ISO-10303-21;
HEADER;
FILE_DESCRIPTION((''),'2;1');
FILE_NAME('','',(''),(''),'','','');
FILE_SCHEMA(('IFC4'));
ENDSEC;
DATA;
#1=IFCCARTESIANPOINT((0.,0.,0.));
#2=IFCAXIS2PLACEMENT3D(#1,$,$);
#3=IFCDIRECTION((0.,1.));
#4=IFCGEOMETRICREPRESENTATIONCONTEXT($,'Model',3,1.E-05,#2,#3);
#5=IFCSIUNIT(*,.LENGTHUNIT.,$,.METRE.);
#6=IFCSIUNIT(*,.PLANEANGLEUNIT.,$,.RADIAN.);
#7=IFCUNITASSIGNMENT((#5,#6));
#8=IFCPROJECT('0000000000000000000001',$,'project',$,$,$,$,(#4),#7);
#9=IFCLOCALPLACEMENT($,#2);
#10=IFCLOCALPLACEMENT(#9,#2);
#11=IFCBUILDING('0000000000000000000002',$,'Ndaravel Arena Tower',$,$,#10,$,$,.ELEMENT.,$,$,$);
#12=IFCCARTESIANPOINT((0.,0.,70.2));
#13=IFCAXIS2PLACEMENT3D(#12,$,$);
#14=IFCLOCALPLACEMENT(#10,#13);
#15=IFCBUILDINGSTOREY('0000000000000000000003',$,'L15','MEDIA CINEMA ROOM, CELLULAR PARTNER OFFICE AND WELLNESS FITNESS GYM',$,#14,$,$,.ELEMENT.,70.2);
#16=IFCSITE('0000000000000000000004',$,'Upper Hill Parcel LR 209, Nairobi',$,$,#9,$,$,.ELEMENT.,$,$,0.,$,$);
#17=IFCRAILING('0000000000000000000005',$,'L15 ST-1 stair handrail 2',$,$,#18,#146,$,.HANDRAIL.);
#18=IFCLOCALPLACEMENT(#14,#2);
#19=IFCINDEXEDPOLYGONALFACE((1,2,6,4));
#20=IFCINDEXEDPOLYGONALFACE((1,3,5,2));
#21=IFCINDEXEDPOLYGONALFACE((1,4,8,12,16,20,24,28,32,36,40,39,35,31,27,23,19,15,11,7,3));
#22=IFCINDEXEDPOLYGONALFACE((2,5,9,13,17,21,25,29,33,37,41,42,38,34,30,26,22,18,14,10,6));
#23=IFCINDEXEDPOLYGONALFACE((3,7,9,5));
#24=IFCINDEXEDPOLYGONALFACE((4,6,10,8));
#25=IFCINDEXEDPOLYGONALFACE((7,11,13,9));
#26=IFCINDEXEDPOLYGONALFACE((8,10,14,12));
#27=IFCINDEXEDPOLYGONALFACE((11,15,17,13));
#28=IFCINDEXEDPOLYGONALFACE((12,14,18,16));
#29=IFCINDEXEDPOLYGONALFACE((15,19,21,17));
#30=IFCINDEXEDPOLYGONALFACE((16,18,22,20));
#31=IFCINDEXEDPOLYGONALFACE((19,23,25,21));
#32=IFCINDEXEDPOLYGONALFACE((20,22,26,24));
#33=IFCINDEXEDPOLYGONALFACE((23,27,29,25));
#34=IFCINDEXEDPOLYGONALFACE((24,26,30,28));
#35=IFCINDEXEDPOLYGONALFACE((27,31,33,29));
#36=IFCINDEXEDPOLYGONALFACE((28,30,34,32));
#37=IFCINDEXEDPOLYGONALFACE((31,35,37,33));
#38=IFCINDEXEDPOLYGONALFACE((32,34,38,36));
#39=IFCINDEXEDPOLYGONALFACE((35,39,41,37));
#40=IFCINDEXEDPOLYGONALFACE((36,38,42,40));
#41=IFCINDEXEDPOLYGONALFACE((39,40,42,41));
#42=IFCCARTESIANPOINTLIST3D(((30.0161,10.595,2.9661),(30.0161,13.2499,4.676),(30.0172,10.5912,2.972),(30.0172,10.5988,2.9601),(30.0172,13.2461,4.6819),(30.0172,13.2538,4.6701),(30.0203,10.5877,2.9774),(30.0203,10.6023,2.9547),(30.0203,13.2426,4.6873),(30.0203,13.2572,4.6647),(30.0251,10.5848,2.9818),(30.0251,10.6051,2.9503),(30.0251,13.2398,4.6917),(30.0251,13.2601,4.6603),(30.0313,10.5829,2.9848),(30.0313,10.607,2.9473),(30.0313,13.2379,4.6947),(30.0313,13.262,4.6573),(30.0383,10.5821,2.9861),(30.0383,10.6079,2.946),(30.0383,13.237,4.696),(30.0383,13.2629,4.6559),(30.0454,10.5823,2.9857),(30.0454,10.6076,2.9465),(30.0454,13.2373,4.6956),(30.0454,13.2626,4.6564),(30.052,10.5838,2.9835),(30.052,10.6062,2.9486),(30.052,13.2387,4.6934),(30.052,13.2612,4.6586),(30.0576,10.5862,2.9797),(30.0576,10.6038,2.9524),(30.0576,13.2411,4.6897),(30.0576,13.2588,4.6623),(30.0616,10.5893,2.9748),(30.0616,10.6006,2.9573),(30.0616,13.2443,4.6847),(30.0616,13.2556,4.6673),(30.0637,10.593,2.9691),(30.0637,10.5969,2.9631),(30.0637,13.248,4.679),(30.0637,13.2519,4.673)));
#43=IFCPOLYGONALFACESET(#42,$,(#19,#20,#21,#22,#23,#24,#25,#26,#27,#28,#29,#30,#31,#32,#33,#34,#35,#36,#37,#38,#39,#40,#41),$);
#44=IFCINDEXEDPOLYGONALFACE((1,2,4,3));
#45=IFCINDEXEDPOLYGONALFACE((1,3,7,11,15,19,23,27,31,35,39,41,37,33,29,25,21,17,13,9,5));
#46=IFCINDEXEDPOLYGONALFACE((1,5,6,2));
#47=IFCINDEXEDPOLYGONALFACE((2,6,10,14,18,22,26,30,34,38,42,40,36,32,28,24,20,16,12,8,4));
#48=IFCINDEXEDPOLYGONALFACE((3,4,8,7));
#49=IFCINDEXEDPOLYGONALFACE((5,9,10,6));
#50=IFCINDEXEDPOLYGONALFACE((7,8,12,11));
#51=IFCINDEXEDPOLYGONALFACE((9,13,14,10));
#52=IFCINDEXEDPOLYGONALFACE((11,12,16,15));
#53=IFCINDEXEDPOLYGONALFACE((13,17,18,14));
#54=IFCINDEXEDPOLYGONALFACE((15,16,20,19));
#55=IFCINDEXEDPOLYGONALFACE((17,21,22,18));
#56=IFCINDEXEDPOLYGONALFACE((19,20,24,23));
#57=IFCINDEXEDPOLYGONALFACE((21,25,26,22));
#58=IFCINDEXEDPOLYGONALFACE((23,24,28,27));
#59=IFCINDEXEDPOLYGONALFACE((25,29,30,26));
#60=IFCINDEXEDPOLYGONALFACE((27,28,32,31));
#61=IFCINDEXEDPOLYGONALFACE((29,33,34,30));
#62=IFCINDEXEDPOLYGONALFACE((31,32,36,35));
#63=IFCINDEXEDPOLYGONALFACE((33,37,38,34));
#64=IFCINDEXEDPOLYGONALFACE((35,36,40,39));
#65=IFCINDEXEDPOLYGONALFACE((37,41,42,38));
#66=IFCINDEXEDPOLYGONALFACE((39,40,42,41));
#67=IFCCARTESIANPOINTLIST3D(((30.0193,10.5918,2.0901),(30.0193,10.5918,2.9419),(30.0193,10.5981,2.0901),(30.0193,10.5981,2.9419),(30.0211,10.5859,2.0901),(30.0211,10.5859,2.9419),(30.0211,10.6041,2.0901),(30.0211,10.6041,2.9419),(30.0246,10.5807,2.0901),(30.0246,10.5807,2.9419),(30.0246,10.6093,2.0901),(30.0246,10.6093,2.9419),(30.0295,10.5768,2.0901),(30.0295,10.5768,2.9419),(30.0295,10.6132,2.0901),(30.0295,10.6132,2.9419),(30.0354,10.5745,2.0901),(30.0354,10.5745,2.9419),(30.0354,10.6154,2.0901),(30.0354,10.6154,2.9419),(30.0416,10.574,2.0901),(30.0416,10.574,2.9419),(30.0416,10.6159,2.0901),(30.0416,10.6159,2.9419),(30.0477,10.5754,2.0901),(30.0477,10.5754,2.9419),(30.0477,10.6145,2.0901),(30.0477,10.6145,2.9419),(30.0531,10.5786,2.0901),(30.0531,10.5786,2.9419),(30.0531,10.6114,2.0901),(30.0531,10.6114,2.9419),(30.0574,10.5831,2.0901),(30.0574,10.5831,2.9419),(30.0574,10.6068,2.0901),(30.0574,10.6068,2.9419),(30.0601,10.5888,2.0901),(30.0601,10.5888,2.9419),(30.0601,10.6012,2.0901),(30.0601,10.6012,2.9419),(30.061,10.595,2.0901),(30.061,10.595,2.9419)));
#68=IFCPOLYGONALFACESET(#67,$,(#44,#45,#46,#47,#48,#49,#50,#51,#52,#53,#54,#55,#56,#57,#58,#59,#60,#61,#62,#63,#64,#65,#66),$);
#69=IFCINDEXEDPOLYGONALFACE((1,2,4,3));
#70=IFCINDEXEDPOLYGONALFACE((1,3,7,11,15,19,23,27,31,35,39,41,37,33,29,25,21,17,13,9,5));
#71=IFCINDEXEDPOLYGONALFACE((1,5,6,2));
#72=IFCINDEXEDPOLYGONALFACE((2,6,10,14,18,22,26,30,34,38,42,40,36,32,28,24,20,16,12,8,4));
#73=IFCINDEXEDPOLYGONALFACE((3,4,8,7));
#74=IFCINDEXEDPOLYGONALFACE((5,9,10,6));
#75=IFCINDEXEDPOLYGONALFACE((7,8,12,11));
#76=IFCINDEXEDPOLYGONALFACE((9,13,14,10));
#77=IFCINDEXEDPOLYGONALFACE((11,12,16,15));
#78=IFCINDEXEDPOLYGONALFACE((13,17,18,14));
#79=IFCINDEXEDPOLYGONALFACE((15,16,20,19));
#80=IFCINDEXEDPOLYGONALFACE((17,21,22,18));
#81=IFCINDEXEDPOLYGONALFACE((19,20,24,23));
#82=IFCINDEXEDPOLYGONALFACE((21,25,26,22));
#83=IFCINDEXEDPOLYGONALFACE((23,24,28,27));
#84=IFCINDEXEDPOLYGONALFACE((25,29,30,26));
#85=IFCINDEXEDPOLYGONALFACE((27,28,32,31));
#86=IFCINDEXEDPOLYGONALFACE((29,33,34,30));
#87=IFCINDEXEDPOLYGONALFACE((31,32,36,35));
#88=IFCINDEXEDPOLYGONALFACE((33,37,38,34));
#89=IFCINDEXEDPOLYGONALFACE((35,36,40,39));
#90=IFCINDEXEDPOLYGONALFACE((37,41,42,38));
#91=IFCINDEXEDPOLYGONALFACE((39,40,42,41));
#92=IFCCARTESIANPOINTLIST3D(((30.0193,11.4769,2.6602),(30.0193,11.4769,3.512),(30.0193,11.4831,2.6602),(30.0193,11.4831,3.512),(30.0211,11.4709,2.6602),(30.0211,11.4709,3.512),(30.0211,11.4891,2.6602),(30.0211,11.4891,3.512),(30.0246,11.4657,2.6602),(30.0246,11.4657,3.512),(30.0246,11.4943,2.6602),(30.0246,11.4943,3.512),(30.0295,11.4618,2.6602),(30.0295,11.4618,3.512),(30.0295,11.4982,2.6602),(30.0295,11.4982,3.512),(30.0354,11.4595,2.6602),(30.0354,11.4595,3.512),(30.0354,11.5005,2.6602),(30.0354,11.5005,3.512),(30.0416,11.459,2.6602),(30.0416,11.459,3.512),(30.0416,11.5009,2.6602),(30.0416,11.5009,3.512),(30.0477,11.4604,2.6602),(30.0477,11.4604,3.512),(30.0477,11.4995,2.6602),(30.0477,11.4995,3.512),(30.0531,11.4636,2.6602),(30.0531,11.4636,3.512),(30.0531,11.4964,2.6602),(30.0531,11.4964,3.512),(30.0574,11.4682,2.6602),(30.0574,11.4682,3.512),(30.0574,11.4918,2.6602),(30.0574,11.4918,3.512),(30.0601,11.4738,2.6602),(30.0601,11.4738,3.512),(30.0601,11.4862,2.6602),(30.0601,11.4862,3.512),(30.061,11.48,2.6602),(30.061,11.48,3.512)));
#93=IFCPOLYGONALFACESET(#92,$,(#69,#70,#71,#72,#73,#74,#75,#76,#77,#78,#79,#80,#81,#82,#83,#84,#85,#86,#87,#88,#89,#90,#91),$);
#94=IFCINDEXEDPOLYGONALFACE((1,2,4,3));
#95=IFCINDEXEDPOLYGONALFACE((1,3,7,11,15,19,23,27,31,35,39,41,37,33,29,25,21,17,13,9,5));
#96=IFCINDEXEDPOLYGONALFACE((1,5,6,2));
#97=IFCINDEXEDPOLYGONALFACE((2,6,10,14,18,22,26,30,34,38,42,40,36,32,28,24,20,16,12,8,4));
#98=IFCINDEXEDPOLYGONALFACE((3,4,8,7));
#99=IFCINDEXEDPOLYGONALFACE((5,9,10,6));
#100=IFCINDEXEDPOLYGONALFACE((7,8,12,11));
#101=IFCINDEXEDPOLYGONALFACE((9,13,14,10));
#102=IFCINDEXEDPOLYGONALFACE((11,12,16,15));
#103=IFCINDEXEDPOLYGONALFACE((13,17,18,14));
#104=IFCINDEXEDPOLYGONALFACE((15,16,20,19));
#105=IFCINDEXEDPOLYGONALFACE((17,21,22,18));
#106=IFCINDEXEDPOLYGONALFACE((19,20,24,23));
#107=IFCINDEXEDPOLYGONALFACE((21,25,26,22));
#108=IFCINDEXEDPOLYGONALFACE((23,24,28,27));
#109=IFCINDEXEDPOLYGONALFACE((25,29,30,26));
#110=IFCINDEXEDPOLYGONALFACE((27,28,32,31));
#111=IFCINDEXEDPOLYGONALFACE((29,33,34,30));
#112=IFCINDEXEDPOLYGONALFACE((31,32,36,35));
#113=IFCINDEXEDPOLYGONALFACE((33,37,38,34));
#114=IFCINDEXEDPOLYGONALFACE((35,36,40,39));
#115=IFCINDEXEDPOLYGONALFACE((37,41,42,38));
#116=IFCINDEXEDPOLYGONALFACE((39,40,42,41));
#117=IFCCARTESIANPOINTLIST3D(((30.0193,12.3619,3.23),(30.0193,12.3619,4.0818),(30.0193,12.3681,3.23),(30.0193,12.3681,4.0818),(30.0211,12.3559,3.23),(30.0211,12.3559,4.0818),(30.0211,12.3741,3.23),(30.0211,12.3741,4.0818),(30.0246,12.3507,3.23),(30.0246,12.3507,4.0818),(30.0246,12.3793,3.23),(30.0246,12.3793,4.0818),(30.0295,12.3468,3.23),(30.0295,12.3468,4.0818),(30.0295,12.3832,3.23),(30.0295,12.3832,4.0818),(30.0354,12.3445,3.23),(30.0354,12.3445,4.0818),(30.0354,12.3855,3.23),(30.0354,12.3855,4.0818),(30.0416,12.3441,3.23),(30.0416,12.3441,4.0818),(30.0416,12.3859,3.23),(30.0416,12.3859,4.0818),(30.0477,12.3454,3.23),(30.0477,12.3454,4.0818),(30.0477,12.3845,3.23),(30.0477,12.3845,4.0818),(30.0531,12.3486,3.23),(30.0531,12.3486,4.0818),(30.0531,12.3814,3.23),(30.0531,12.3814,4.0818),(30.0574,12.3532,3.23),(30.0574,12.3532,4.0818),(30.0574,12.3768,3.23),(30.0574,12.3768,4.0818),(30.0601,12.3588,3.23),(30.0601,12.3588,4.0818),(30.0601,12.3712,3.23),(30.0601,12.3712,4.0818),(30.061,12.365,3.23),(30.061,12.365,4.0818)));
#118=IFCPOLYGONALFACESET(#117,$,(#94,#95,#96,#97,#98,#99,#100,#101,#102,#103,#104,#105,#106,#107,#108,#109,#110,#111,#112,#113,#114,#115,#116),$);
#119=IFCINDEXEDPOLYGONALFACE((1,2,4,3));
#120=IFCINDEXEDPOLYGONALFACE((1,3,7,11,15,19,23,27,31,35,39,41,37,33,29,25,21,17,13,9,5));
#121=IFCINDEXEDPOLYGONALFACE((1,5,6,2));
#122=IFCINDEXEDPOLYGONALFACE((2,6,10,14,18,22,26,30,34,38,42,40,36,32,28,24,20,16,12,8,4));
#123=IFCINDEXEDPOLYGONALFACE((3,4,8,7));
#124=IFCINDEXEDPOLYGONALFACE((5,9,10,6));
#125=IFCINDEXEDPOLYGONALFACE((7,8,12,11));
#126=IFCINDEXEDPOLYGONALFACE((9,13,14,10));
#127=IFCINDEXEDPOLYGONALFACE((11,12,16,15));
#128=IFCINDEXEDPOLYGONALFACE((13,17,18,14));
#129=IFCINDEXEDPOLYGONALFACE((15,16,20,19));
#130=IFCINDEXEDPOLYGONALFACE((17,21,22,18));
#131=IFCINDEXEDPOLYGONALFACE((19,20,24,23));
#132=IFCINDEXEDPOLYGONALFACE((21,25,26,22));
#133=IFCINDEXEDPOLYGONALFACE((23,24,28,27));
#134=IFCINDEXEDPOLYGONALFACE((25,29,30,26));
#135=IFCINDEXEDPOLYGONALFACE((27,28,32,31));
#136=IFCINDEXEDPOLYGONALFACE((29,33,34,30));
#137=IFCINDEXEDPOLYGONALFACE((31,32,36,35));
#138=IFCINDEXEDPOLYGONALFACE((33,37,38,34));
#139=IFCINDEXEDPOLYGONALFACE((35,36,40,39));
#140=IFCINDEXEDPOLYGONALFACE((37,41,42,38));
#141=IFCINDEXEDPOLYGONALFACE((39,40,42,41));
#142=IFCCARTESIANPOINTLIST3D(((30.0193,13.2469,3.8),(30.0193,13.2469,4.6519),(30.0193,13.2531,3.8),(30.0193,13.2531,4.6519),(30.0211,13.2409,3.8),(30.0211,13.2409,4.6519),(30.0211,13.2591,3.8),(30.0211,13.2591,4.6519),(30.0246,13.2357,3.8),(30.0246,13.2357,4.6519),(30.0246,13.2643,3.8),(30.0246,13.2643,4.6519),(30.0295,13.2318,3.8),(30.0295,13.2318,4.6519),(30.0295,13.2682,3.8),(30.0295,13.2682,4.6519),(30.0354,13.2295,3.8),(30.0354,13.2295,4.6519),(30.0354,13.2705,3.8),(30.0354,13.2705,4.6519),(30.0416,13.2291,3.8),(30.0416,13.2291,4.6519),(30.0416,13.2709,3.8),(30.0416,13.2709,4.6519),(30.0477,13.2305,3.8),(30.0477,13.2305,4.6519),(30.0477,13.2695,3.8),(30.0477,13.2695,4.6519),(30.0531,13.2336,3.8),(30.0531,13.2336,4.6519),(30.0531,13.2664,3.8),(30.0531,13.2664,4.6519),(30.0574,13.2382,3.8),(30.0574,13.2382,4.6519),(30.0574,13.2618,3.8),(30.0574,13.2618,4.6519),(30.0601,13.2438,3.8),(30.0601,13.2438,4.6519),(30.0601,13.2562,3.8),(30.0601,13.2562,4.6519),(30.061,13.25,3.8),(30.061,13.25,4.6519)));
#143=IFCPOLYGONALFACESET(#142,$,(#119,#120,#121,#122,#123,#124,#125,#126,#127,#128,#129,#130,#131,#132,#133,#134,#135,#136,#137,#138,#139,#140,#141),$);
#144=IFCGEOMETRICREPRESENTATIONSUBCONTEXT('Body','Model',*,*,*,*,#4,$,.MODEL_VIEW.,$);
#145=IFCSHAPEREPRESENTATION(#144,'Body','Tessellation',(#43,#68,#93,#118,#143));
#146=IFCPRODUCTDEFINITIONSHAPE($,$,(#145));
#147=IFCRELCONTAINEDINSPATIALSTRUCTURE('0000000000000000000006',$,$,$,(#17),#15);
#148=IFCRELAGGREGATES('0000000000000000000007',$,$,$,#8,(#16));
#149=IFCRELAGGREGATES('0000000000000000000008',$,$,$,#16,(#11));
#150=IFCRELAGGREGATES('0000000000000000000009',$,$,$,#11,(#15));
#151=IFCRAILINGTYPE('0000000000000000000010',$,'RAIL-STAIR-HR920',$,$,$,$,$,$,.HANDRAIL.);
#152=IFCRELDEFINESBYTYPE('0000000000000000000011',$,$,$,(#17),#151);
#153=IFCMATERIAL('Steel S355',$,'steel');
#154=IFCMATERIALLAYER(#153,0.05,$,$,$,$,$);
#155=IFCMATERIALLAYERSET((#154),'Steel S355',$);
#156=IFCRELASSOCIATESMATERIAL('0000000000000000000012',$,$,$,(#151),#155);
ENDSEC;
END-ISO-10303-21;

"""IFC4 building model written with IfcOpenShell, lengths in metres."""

from ifc_helpers import new_model, si_unit, direction, frame, origin, origin_2d, place, context, subcontext, project, spatial, circle, extrude, material, layer, layer_set, type_object, element, save


model = new_model("IFC4")

# Units and contexts
model_context = context("Model", 3, precision=1e-05, world=origin(), true_north=direction((0.0, 1.0)))
body_context = subcontext(model_context, "Body", "Model", "MODEL_VIEW")
ifc_project = project(units=[si_unit("LENGTHUNIT", "METRE"), si_unit("PLANEANGLEUNIT", "RADIAN")], contexts=[model_context])

# Site, building, storey
site_placement = place(None, origin())
site = spatial("IfcSite", under=ifc_project, at=site_placement, Name="Upper Hill Parcel LR 209, Nairobi", CompositionType="ELEMENT", RefElevation=0.0)
building_placement = place(site_placement, origin())
building = spatial("IfcBuilding", under=site, at=building_placement, Name="Ndaravel Arena Tower", CompositionType="ELEMENT")
storey_placement = place(building_placement, frame((0.0, 0.0, 70.2)))
storey = spatial("IfcBuildingStorey", under=building, at=storey_placement, Name="L15", Description="MEDIA CINEMA ROOM, CELLULAR PARTNER OFFICE AND WELLNESS FITNESS GYM", CompositionType="ELEMENT", Elevation=70.2)

# Railing
ifc_material_1 = material(Name="Steel S355", Category="steel")
ifc_layer_1 = layer(ifc_material_1, 0.05)
ifc_layer_set_1 = layer_set([ifc_layer_1], Name="Steel S355")
railing_type_1 = type_object("IfcRailingType", Name="RAIL-STAIR-HR920", PredefinedType="HANDRAIL", material=ifc_layer_set_1)
railing_1_placement = place(storey_placement, frame((30.04, 10.595, 2.0901)))
element("IfcRailing", 1, at=railing_1_placement, inside=storey, type_object=railing_type_1, Name="L15 ST-1 stair handrail 2", PredefinedType="HANDRAIL", context=body_context, shape_type="SweptSolid", body=[
    extrude(circle(Radius=0.0239, at=origin_2d()), frame((0.0, 0.0, 0.876), z_axis=(0.0, 0.840724, 0.541465), x_axis=(-1.0, 0.0, 0.0)), (0.0, 0.0, 1.0), 3.158),
    extrude(circle(Radius=0.021, at=origin_2d()), origin(), (0.0, 0.0, 1.0), 0.8518),
    extrude(circle(Radius=0.021, at=origin_2d()), frame((0.0, 0.885, 0.5701)), (0.0, 0.0, 1.0), 0.8518),
    extrude(circle(Radius=0.021, at=origin_2d()), frame((0.0, 1.77, 1.1399)), (0.0, 0.0, 1.0), 0.8518),
    extrude(circle(Radius=0.021, at=origin_2d()), frame((0.0, 2.655, 1.71)), (0.0, 0.0, 1.0), 0.8518),
])

save(model, "model.ifc")
